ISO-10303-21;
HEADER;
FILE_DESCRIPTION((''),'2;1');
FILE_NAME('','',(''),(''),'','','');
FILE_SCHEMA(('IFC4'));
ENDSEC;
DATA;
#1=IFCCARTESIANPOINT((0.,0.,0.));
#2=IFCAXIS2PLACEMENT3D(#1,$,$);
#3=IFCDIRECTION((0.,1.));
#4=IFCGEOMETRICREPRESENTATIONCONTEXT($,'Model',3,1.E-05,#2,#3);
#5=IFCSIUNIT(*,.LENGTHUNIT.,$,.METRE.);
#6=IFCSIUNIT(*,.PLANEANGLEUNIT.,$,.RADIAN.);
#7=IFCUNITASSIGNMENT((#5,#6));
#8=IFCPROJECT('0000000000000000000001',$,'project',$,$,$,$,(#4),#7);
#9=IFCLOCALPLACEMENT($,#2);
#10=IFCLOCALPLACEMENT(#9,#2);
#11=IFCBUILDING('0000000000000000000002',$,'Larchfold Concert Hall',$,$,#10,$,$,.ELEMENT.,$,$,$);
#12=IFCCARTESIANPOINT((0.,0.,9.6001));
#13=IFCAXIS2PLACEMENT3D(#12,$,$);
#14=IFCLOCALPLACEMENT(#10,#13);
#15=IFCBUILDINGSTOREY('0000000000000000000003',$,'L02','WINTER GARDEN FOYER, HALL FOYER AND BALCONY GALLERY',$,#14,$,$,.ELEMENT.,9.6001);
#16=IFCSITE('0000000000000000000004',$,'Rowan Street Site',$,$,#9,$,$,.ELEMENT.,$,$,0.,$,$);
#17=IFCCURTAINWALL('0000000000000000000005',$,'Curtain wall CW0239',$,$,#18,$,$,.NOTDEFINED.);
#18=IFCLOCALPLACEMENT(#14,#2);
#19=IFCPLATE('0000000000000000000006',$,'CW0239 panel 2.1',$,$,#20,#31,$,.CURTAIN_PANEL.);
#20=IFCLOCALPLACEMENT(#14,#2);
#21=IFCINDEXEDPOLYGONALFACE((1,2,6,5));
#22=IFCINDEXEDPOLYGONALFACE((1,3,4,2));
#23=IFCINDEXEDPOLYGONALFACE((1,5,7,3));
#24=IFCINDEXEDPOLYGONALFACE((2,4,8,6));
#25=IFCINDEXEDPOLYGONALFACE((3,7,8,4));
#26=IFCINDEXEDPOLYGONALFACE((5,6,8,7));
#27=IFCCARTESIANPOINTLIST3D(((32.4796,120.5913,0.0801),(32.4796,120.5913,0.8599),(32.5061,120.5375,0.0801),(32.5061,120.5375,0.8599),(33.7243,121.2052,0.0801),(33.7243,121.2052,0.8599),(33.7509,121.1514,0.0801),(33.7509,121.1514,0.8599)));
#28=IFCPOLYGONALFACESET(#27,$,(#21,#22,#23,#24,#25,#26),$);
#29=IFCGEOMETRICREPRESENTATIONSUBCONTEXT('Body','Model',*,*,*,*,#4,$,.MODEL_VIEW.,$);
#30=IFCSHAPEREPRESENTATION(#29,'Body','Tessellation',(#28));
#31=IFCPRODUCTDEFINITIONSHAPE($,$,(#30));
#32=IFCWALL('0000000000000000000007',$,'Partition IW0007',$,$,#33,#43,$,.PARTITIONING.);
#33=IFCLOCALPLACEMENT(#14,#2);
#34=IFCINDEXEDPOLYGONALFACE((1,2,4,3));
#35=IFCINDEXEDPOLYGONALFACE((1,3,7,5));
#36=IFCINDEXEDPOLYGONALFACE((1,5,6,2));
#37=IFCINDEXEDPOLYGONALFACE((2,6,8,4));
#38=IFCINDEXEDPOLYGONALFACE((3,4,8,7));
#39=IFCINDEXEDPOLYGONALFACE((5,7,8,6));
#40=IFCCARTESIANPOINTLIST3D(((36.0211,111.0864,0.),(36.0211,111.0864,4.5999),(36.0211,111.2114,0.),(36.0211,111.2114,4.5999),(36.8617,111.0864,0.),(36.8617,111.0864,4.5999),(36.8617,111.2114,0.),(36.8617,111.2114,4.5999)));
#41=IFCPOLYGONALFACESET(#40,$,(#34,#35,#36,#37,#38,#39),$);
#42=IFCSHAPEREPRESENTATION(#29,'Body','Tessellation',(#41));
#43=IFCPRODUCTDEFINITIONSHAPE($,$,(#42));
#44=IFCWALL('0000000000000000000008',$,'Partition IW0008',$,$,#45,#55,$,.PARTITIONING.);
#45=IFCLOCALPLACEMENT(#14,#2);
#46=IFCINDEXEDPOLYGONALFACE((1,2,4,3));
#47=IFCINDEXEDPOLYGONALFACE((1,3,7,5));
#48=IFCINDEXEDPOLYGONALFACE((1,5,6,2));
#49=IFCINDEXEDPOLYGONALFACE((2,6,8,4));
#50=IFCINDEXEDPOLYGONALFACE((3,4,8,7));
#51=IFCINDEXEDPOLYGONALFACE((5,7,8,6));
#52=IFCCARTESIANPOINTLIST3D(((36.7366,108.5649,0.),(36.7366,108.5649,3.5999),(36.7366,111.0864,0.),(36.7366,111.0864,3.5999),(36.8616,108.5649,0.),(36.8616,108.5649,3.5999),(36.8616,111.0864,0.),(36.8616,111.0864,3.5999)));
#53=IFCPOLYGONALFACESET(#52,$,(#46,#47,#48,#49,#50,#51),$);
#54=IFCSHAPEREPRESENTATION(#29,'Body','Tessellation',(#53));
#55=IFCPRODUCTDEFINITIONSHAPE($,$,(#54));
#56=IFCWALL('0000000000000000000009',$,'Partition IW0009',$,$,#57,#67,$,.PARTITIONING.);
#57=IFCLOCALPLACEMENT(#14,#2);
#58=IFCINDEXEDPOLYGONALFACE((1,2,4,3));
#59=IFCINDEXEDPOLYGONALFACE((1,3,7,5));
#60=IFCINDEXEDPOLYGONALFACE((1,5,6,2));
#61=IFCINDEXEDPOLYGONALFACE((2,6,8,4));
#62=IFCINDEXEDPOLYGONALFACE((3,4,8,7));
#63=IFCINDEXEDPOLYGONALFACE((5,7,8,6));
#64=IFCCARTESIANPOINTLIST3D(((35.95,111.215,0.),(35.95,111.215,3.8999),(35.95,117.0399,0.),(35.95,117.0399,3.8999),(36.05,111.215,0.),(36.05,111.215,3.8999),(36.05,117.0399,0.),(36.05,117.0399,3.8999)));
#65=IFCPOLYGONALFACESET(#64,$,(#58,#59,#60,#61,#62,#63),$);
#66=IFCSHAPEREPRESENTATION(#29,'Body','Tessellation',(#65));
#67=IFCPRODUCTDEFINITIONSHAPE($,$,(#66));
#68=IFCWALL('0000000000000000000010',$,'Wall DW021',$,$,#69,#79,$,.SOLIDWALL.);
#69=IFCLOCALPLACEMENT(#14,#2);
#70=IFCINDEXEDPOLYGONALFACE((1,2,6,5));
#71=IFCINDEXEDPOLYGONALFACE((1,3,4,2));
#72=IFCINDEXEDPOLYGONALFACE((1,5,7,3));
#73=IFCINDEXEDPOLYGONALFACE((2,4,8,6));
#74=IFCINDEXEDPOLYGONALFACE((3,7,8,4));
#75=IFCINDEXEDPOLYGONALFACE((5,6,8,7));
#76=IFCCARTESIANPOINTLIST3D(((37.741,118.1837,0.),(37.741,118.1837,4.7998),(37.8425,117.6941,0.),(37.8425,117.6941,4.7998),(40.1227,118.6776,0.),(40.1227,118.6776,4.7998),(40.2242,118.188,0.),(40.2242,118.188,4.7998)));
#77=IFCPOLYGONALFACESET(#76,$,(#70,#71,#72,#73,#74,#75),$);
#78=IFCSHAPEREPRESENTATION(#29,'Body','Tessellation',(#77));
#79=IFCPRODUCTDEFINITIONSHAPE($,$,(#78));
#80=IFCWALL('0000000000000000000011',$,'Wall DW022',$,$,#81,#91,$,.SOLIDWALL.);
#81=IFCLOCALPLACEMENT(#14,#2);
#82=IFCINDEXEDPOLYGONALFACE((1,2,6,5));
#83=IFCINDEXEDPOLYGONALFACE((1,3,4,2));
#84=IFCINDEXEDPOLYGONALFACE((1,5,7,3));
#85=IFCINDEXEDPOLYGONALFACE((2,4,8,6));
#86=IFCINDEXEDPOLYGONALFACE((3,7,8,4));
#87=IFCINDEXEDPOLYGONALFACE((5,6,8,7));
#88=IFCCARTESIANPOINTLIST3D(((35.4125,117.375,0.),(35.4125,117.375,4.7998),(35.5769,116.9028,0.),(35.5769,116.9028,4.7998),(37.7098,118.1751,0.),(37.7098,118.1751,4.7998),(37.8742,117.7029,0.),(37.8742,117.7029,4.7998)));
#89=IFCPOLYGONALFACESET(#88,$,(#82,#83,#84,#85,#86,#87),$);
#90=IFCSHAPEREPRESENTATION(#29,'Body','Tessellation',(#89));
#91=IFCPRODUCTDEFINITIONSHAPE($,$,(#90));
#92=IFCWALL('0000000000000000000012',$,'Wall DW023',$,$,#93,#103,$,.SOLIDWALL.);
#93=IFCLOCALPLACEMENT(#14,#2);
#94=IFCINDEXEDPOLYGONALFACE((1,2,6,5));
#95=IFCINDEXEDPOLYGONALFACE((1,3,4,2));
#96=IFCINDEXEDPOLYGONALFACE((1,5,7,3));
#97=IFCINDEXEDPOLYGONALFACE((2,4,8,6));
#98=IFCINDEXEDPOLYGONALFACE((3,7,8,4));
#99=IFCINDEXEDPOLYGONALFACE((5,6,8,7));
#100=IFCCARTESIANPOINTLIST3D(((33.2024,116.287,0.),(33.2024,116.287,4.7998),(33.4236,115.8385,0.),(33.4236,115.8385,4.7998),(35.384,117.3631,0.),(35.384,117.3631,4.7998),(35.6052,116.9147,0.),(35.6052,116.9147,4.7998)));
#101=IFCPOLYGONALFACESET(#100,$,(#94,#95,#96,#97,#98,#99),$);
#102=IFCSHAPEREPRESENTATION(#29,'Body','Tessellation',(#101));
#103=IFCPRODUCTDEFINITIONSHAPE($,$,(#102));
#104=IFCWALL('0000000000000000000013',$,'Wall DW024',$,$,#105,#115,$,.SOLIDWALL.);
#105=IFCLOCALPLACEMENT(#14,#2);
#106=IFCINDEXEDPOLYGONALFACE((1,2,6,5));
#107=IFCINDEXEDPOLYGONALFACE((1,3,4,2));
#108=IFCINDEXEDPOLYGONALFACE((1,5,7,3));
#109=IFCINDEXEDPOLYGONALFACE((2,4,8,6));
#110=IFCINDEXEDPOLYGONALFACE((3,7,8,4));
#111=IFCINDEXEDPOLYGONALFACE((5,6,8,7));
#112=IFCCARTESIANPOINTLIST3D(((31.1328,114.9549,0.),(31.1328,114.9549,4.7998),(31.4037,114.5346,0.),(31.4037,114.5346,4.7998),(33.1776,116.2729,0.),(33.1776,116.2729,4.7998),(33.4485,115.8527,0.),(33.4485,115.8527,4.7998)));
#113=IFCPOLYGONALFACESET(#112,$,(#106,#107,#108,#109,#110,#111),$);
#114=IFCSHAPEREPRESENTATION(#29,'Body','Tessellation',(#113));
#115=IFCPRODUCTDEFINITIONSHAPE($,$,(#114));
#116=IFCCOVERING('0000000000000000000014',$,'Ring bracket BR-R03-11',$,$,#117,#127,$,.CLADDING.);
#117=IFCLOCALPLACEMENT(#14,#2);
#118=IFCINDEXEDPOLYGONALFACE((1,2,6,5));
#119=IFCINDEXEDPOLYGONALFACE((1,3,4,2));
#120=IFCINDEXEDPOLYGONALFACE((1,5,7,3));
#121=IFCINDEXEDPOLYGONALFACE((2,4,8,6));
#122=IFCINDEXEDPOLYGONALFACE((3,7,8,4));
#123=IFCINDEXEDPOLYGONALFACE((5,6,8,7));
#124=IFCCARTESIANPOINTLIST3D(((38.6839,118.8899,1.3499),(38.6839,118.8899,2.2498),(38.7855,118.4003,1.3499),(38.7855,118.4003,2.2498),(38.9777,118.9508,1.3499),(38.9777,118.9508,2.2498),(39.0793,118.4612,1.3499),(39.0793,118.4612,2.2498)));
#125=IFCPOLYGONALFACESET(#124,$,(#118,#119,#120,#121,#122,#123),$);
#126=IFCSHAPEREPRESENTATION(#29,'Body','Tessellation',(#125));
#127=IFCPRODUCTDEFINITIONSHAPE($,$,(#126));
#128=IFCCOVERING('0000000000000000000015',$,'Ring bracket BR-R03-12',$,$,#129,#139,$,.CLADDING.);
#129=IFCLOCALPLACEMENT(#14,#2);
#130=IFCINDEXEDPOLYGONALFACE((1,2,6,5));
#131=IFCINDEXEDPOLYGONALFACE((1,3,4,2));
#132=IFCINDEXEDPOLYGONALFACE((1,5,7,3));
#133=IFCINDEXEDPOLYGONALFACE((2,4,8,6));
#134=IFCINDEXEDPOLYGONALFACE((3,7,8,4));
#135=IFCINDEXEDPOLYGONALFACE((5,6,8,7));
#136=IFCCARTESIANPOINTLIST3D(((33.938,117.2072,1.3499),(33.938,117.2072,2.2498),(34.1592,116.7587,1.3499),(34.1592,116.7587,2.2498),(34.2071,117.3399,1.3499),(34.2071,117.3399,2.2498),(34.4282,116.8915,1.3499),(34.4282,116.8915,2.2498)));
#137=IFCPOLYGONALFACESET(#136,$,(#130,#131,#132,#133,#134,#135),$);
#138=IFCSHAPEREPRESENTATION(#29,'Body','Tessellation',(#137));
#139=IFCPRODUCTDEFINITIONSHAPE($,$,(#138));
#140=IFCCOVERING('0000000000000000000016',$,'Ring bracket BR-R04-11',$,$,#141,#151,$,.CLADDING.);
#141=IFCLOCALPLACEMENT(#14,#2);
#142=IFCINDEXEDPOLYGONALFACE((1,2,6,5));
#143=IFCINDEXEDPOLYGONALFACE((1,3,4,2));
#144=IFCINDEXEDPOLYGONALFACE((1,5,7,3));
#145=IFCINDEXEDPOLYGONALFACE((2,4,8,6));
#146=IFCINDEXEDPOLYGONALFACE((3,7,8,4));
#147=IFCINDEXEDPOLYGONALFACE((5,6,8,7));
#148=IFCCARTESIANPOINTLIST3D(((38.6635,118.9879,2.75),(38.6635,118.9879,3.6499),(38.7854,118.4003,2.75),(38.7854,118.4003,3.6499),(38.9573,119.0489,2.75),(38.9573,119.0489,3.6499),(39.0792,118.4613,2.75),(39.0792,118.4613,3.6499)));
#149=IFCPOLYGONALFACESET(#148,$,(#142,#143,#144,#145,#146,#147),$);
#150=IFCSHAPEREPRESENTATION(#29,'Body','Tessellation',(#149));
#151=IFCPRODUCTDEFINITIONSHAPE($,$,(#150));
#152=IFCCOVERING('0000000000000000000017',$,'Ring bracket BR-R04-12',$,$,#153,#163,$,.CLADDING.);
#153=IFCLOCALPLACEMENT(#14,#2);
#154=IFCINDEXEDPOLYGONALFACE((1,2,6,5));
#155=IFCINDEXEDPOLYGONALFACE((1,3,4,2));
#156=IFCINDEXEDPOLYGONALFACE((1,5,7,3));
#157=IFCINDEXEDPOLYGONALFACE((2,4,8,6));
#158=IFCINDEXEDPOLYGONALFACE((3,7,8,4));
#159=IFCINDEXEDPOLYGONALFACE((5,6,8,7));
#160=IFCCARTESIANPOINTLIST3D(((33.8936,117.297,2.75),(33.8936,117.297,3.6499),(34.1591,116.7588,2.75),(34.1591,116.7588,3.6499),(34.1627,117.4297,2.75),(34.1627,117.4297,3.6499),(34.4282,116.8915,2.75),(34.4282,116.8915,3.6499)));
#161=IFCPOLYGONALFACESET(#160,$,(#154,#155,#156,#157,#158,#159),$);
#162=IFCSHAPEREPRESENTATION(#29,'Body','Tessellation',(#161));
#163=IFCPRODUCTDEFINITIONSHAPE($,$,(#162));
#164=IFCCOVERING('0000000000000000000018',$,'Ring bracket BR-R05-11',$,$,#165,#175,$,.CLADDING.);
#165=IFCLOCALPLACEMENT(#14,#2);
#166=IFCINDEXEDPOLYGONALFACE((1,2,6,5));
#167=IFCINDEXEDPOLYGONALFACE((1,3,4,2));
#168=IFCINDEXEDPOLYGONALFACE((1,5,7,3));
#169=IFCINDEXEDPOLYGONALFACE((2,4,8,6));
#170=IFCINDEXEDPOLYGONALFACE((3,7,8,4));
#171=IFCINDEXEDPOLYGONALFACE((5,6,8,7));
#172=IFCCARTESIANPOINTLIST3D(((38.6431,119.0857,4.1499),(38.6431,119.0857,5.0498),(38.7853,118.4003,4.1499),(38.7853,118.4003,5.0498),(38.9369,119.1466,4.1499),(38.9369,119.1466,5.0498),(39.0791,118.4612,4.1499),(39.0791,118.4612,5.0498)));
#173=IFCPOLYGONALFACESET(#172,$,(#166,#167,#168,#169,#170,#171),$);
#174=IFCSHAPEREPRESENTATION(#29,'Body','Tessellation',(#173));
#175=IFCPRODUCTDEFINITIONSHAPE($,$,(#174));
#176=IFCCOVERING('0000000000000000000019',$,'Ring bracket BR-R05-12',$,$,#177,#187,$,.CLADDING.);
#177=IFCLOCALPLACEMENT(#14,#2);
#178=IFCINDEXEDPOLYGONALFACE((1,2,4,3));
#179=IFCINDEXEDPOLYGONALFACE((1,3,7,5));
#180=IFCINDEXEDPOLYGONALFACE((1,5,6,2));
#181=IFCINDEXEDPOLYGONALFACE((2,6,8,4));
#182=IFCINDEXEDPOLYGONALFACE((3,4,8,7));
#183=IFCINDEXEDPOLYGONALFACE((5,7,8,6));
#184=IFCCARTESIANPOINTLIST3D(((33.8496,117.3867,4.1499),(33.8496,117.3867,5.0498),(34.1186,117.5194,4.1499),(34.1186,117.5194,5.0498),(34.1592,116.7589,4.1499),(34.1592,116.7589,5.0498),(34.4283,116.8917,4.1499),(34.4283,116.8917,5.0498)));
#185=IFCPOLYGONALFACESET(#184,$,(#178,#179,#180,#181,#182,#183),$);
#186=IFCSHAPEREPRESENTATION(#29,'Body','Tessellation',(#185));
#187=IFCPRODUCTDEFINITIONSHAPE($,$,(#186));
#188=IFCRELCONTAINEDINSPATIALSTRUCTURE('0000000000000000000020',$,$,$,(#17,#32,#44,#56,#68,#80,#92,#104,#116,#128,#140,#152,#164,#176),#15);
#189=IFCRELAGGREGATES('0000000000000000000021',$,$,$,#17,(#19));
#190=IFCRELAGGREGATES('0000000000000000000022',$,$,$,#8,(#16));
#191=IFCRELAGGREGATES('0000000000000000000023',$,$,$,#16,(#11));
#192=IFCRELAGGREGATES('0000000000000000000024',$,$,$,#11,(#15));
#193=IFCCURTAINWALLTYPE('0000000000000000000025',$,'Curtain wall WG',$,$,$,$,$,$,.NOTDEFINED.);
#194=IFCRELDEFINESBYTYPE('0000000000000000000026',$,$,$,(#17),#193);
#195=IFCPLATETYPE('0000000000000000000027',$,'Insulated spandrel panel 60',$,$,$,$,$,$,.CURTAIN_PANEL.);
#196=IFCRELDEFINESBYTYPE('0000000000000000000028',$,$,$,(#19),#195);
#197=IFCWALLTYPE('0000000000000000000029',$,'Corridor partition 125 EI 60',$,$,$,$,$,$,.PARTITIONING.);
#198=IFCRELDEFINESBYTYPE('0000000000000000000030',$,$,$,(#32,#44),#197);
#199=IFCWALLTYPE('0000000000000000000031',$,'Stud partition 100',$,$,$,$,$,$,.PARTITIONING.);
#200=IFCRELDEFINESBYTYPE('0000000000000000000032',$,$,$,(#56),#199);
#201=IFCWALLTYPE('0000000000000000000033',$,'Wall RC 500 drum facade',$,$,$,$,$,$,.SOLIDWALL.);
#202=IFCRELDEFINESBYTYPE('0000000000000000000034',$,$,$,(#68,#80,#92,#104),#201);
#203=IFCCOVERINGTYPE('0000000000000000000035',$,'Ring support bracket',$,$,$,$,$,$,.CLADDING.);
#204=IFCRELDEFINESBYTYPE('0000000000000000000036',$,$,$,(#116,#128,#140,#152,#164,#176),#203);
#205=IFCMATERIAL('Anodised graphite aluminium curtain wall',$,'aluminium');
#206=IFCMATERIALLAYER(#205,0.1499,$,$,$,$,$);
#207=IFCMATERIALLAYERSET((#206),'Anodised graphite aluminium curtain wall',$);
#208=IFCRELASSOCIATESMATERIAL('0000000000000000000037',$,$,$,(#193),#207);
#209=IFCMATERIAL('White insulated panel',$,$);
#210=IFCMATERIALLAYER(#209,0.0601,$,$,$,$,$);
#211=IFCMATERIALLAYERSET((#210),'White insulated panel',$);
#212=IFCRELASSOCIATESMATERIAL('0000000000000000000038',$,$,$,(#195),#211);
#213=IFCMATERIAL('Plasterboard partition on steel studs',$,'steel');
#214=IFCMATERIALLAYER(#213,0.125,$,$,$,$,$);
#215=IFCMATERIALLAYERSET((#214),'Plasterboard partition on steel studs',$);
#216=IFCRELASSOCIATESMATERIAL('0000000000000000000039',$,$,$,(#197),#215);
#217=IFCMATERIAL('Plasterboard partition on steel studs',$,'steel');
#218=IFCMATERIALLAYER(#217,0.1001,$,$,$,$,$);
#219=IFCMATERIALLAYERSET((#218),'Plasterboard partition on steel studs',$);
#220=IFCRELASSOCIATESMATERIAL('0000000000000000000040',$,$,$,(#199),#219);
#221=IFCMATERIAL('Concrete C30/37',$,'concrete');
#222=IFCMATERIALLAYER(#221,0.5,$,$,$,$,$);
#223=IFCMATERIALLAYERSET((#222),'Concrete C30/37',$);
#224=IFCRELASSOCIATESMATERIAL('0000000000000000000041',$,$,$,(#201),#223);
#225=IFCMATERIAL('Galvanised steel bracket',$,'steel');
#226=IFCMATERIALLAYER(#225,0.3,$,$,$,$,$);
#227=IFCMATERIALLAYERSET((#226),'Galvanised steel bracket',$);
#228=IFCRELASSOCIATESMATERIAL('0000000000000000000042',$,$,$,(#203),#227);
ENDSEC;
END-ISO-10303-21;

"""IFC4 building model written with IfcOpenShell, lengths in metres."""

from ifc_helpers import new_model, si_unit, direction, frame, frame_2d, origin, origin_2d, place, context, subcontext, project, spatial, rectangle, extrude, material, layer, layer_set, type_object, element, aggregate, save


model = new_model("IFC4")

# Units and contexts
model_context = context("Model", 3, precision=1e-05, world=origin(), true_north=direction((0.0, 1.0)))
body_context = subcontext(model_context, "Body", "Model", "MODEL_VIEW")
ifc_project = project(units=[si_unit("LENGTHUNIT", "METRE"), si_unit("PLANEANGLEUNIT", "RADIAN")], contexts=[model_context])

# Site, building, storey
site_placement = place(None, origin())
site = spatial("IfcSite", under=ifc_project, at=site_placement, Name="Rowan Street Site", CompositionType="ELEMENT", RefElevation=0.0)
building_placement = place(site_placement, origin())
building = spatial("IfcBuilding", under=site, at=building_placement, Name="Larchfold Concert Hall", CompositionType="ELEMENT")
storey_placement = place(building_placement, frame((0.0, 0.0, 9.6001)))
storey = spatial("IfcBuildingStorey", under=building, at=storey_placement, Name="L02", Description="WINTER GARDEN FOYER, HALL FOYER AND BALCONY GALLERY", CompositionType="ELEMENT", Elevation=9.6001)

# Curtain wall
ifc_material_1 = material(Name="Anodised graphite aluminium curtain wall", Category="aluminium")
ifc_layer_1 = layer(ifc_material_1, 0.1499)
ifc_layer_set_1 = layer_set([ifc_layer_1], Name="Anodised graphite aluminium curtain wall")
curtain_wall_type = type_object("IfcCurtainWallType", Name="Curtain wall WG", PredefinedType="NOTDEFINED", material=ifc_layer_set_1)
curtain_wall_1_placement = place(storey_placement, origin())
curtain_wall_1 = element("IfcCurtainWall", 1, at=curtain_wall_1_placement, inside=storey, type_object=curtain_wall_type, Name="Curtain wall CW0239", PredefinedType="NOTDEFINED")

# Plate
ifc_material_2 = material(Name="White insulated panel")
ifc_layer_2 = layer(ifc_material_2, 0.0601)
ifc_layer_set_2 = layer_set([ifc_layer_2], Name="White insulated panel")
plate_type_1 = type_object("IfcPlateType", Name="Insulated spandrel panel 60", PredefinedType="CURTAIN_PANEL", material=ifc_layer_set_2)
plate_1_placement = place(storey_placement, frame((33.1152, 120.8713, 0.0801), z_axis=(0.0, 0.0, 1.0), x_axis=(0.896859, 0.442317, 0.0)))
plate_1 = element("IfcPlate", 2, at=plate_1_placement, type_object=plate_type_1, Name="CW0239 panel 2.1", PredefinedType="CURTAIN_PANEL", context=body_context, shape_type="SweptSolid", body=[
    extrude(rectangle(XDim=1.3879, YDim=0.0601, at=origin_2d()), origin(), (0.0, 0.0, 1.0), 0.7798),
])
aggregate(curtain_wall_1, [plate_1])

# Walls
ifc_material_3 = material(Name="Plasterboard partition on steel studs", Category="steel")
ifc_layer_3 = layer(ifc_material_3, 0.125)
ifc_layer_set_3 = layer_set([ifc_layer_3], Name="Plasterboard partition on steel studs")
wall_type_1 = type_object("IfcWallType", Name="Corridor partition 125 EI 60", PredefinedType="PARTITIONING", material=ifc_layer_set_3)
wall_1_placement = place(storey_placement, frame((36.021, 111.1489, 0.0), z_axis=(0.0, 0.0, 1.0), x_axis=(1.0, 0.0, 0.0)))
element("IfcWall", 3, at=wall_1_placement, inside=storey, type_object=wall_type_1, Name="Partition IW0007", PredefinedType="PARTITIONING", context=body_context, shape_type="SweptSolid", body=[
    extrude(rectangle(XDim=0.8406, YDim=0.125, at=frame_2d((0.4204, 0.0))), origin(), (0.0, 0.0, 1.0), 4.5999),
])
wall_2_placement = place(storey_placement, frame((36.7991, 111.0864, 0.0), z_axis=(0.0, 0.0, 1.0), x_axis=(0.0, -1.0, 0.0)))
element("IfcWall", 4, at=wall_2_placement, inside=storey, type_object=wall_type_1, Name="Partition IW0008", PredefinedType="PARTITIONING", context=body_context, shape_type="SweptSolid", body=[
    extrude(rectangle(XDim=2.5215, YDim=0.125, at=frame_2d((1.2607, 0.0))), origin(), (0.0, 0.0, 1.0), 3.5999),
])
ifc_material_4 = material(Name="Plasterboard partition on steel studs", Category="steel")
ifc_layer_4 = layer(ifc_material_4, 0.1001)
ifc_layer_set_4 = layer_set([ifc_layer_4], Name="Plasterboard partition on steel studs")
wall_type_2 = type_object("IfcWallType", Name="Stud partition 100", PredefinedType="PARTITIONING", material=ifc_layer_set_4)
wall_3_placement = place(storey_placement, frame((36.0, 117.04, 0.0), z_axis=(0.0, 0.0, 1.0), x_axis=(0.0, -1.0, 0.0)))
element("IfcWall", 5, at=wall_3_placement, inside=storey, type_object=wall_type_2, Name="Partition IW0009", PredefinedType="PARTITIONING", context=body_context, shape_type="SweptSolid", body=[
    extrude(rectangle(XDim=5.825, YDim=0.1001, at=frame_2d((2.9126, 0.0))), origin(), (0.0, 0.0, 1.0), 3.8999),
])
ifc_material_5 = material(Name="Concrete C30/37", Category="concrete")
ifc_layer_5 = layer(ifc_material_5, 0.5)
ifc_layer_set_5 = layer_set([ifc_layer_5], Name="Concrete C30/37")
wall_type_3 = type_object("IfcWallType", Name="Wall RC 500 drum facade", PredefinedType="SOLIDWALL", material=ifc_layer_set_5)
wall_4_placement = place(storey_placement, frame((40.1736, 118.4329, 0.0), z_axis=(0.0, 0.0, 1.0), x_axis=(-0.979166, -0.20306, 0.0)))
element("IfcWall", 6, at=wall_4_placement, inside=storey, type_object=wall_type_3, Name="Wall DW021", PredefinedType="SOLIDWALL", context=body_context, shape_type="SweptSolid", body=[
    extrude(rectangle(XDim=2.4324, YDim=0.5, at=frame_2d((1.2163, 0.0))), origin(), (0.0, 0.0, 1.0), 4.7998),
])
for number, where, z_axis, x_axis, name in (
    (7, (37.792, 117.939, 0.0), (0.0, 0.0, 1.0), (-0.944374, -0.328875, 0.0), "Wall DW022"),
    (8, (35.4946, 117.1389, 0.0), (0.0, 0.0, 1.0), (-0.896823, -0.44239, 0.0), "Wall DW023"),
):
    element("IfcWall", number, at=place(storey_placement, frame(where, z_axis=z_axis, x_axis=x_axis)), inside=storey, type_object=wall_type_3, Name=name, PredefinedType="SOLIDWALL", context=body_context, shape_type="SweptSolid", body=[
        extrude(rectangle(XDim=2.4326, YDim=0.5, at=frame_2d((1.2163, 0.0))), origin(), (0.0, 0.0, 1.0), 4.7998),
    ])
wall_5_placement = place(storey_placement, frame((33.313, 116.0627, 0.0), z_axis=(0.0, 0.0, 1.0), x_axis=(-0.840519, -0.541782, 0.0)))
element("IfcWall", 9, at=wall_5_placement, inside=storey, type_object=wall_type_3, Name="Wall DW024", PredefinedType="SOLIDWALL", context=body_context, shape_type="SweptSolid", body=[
    extrude(rectangle(XDim=2.4329, YDim=0.5, at=frame_2d((1.2163, 0.0))), origin(), (0.0, 0.0, 1.0), 4.7998),
])

# Coverings
ifc_material_6 = material(Name="Galvanised steel bracket", Category="steel")
ifc_layer_6 = layer(ifc_material_6, 0.3)
ifc_layer_set_6 = layer_set([ifc_layer_6], Name="Galvanised steel bracket")
covering_type = type_object("IfcCoveringType", Name="Ring support bracket", PredefinedType="CLADDING", material=ifc_layer_set_6)
for number, where, z_axis, x_axis, name in (
    (10, (38.8816, 118.6755, 1.3499), (0.0, 0.0, 1.0), (-0.20308, 0.979162, 0.0), "Ring bracket BR-R03-11"),
    (11, (34.1831, 117.0493, 1.3499), (0.0, 0.0, 1.0), (-0.442369, 0.896833, 0.0), "Ring bracket BR-R03-12"),
):
    element("IfcCovering", number, at=place(storey_placement, frame(where, z_axis=z_axis, x_axis=x_axis)), inside=storey, type_object=covering_type, Name=name, PredefinedType="CLADDING", context=body_context, shape_type="SweptSolid", body=[
        extrude(rectangle(XDim=0.5, YDim=0.3, at=origin_2d()), origin(), (0.0, 0.0, 1.0), 0.8999),
    ])
for number, where, z_axis, x_axis, name in (
    (12, (38.8713, 118.7246, 2.75), (0.0, 0.0, 1.0), (-0.20308, 0.979162, 0.0), "Ring bracket BR-R04-11"),
    (13, (34.1609, 117.0942, 2.75), (0.0, 0.0, 1.0), (-0.442369, 0.896833, 0.0), "Ring bracket BR-R04-12"),
):
    element("IfcCovering", number, at=place(storey_placement, frame(where, z_axis=z_axis, x_axis=x_axis)), inside=storey, type_object=covering_type, Name=name, PredefinedType="CLADDING", context=body_context, shape_type="SweptSolid", body=[
        extrude(rectangle(XDim=0.6001, YDim=0.3, at=origin_2d()), origin(), (0.0, 0.0, 1.0), 0.8999),
    ])
for number, where, z_axis, x_axis, name in (
    (14, (38.8611, 118.7734, 4.1499), (0.0, 0.0, 1.0), (-0.20308, 0.979162, 0.0), "Ring bracket BR-R05-11"),
    (15, (34.1389, 117.1392, 4.1499), (0.0, 0.0, 1.0), (-0.442369, 0.896833, 0.0), "Ring bracket BR-R05-12"),
):
    element("IfcCovering", number, at=place(storey_placement, frame(where, z_axis=z_axis, x_axis=x_axis)), inside=storey, type_object=covering_type, Name=name, PredefinedType="CLADDING", context=body_context, shape_type="SweptSolid", body=[
        extrude(rectangle(XDim=0.7, YDim=0.3, at=origin_2d()), origin(), (0.0, 0.0, 1.0), 0.8999),
    ])

save(model, "model.ifc")
